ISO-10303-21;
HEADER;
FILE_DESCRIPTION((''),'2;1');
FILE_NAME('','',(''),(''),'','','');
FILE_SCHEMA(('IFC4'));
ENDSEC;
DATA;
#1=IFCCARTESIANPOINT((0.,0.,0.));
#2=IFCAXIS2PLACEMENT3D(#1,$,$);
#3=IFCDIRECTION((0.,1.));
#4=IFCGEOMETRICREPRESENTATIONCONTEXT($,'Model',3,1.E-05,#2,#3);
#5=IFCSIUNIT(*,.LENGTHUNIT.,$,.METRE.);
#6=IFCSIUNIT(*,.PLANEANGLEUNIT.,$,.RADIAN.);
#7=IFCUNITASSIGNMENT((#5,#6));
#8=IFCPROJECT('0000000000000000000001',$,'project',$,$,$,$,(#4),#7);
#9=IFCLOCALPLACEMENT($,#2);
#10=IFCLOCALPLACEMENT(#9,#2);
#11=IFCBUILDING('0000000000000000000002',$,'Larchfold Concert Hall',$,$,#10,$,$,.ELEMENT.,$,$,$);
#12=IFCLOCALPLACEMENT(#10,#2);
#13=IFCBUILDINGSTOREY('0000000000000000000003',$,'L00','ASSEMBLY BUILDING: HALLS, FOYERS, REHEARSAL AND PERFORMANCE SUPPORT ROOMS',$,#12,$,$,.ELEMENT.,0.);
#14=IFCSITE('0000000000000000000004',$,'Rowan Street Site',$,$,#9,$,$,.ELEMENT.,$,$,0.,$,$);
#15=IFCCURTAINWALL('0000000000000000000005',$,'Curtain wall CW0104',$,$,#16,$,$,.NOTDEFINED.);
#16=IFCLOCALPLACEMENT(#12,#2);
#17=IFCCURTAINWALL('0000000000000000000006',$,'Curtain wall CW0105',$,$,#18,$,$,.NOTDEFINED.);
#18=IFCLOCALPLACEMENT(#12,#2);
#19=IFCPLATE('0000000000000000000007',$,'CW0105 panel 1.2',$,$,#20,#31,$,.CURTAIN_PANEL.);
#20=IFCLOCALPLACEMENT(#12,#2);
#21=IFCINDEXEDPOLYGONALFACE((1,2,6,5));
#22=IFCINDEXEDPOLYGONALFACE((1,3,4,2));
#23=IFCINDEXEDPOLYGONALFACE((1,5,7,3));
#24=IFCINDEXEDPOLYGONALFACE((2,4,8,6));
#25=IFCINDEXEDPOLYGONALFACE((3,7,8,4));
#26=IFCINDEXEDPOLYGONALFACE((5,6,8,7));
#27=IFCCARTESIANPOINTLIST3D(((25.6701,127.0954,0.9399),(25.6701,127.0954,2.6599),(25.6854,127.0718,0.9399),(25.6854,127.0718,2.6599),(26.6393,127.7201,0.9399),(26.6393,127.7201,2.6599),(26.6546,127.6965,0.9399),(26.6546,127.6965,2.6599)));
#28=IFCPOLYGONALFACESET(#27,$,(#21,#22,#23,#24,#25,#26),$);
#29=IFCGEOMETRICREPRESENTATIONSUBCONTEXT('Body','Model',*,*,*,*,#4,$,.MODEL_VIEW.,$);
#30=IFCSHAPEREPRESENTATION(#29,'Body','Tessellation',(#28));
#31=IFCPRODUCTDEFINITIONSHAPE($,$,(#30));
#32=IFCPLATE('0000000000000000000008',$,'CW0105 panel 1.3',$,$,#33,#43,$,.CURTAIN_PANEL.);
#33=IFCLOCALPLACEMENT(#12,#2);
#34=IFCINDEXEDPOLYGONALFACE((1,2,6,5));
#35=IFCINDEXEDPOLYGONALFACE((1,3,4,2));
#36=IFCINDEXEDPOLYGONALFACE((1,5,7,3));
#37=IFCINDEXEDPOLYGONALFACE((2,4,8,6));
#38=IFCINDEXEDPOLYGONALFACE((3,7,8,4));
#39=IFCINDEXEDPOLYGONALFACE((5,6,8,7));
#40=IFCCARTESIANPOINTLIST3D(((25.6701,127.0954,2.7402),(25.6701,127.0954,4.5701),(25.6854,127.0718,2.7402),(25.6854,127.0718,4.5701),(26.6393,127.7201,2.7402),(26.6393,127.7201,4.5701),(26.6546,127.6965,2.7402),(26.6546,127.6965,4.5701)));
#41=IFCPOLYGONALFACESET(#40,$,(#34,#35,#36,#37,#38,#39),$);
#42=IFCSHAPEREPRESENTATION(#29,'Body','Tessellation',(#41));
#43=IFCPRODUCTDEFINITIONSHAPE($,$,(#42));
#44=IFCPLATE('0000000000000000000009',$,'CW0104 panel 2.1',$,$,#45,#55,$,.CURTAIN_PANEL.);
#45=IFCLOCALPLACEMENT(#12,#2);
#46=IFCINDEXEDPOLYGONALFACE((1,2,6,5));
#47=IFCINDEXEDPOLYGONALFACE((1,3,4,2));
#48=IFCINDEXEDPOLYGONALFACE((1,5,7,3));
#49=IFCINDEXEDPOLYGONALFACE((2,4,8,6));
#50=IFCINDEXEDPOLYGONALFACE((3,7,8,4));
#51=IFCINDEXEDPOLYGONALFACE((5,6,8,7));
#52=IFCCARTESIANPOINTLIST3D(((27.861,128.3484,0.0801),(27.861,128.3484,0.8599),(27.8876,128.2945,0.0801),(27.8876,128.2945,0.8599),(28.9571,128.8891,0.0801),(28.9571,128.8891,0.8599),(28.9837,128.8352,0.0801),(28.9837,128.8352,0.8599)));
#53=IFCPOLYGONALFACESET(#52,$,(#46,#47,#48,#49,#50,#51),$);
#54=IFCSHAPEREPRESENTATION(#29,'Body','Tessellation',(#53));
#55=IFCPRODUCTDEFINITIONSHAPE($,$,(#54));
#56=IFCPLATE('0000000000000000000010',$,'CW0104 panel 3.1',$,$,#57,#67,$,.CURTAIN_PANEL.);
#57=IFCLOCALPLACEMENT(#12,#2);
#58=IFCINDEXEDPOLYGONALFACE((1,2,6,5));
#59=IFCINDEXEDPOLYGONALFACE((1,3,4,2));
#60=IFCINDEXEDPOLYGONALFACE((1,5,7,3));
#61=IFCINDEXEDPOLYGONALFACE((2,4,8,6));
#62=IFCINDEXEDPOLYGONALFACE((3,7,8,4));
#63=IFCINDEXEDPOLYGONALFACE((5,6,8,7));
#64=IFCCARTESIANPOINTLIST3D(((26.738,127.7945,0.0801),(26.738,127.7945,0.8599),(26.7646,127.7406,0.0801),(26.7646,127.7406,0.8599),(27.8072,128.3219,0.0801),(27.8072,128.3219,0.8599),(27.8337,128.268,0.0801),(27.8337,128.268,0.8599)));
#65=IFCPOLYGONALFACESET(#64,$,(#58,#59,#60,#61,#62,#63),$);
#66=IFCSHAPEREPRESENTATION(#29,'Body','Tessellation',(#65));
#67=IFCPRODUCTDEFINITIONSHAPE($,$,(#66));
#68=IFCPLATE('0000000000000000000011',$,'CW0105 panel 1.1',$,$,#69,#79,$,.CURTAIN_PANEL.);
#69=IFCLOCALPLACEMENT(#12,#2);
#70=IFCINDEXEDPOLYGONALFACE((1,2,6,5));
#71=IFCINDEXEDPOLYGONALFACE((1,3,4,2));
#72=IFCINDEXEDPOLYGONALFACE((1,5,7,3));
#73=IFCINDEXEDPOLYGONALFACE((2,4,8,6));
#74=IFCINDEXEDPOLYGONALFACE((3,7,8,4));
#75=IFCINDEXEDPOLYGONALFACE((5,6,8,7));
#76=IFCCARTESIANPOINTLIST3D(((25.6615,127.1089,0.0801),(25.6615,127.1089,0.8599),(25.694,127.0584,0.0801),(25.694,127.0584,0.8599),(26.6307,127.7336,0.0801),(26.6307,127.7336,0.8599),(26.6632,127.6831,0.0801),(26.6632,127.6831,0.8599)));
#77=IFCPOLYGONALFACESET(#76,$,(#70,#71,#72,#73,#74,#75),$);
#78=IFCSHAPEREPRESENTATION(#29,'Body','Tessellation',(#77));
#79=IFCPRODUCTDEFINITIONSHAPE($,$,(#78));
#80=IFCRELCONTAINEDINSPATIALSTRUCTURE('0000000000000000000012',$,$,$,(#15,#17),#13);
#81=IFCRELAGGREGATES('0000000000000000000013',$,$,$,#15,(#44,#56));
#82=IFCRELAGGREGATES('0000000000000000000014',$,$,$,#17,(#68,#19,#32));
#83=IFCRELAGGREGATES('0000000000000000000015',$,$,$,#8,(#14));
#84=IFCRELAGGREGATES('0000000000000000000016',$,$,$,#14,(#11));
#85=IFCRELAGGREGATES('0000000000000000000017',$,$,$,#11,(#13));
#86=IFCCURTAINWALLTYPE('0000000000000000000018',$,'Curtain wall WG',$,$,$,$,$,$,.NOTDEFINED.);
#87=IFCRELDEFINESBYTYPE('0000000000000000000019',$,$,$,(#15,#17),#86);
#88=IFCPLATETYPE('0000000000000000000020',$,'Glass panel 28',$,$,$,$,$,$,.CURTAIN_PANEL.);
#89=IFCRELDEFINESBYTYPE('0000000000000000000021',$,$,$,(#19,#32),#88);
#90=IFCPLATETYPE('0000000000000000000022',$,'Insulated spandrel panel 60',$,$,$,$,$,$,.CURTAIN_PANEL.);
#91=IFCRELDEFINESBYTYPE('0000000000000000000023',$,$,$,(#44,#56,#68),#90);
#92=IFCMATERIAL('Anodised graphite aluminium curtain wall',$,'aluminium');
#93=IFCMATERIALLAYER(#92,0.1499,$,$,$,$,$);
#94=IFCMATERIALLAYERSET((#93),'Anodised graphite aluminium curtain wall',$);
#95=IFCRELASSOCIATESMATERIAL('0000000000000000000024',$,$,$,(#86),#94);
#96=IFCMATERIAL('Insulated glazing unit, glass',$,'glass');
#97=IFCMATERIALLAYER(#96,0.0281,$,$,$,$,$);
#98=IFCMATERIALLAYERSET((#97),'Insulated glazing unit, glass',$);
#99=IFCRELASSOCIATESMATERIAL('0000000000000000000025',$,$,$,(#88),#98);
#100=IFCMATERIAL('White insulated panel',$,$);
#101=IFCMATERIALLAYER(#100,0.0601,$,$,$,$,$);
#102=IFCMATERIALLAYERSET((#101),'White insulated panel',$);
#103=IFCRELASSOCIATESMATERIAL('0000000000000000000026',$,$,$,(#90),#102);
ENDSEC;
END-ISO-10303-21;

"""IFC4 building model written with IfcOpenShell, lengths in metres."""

from ifc_helpers import new_model, si_unit, direction, frame, origin, origin_2d, place, context, subcontext, project, spatial, rectangle, extrude, material, layer, layer_set, type_object, element, aggregate, save


model = new_model("IFC4")

# Units and contexts
model_context = context("Model", 3, precision=1e-05, world=origin(), true_north=direction((0.0, 1.0)))
body_context = subcontext(model_context, "Body", "Model", "MODEL_VIEW")
ifc_project = project(units=[si_unit("LENGTHUNIT", "METRE"), si_unit("PLANEANGLEUNIT", "RADIAN")], contexts=[model_context])

# Site, building, storey
site_placement = place(None, origin())
site = spatial("IfcSite", under=ifc_project, at=site_placement, Name="Rowan Street Site", CompositionType="ELEMENT", RefElevation=0.0)
building_placement = place(site_placement, origin())
building = spatial("IfcBuilding", under=site, at=building_placement, Name="Larchfold Concert Hall", CompositionType="ELEMENT")
storey_placement = place(building_placement, origin())
storey = spatial("IfcBuildingStorey", under=building, at=storey_placement, Name="L00", Description="ASSEMBLY BUILDING: HALLS, FOYERS, REHEARSAL AND PERFORMANCE SUPPORT ROOMS", CompositionType="ELEMENT", Elevation=0.0)

# Curtain walls
ifc_material_1 = material(Name="Anodised graphite aluminium curtain wall", Category="aluminium")
ifc_layer_1 = layer(ifc_material_1, 0.1499)
ifc_layer_set_1 = layer_set([ifc_layer_1], Name="Anodised graphite aluminium curtain wall")
curtain_wall_type = type_object("IfcCurtainWallType", Name="Curtain wall WG", PredefinedType="NOTDEFINED", material=ifc_layer_set_1)
curtain_wall_1_placement = place(storey_placement, origin())
curtain_wall_1 = element("IfcCurtainWall", 1, at=curtain_wall_1_placement, inside=storey, type_object=curtain_wall_type, Name="Curtain wall CW0104", PredefinedType="NOTDEFINED")
curtain_wall_2_placement = place(storey_placement, origin())
curtain_wall_2 = element("IfcCurtainWall", 2, at=curtain_wall_2_placement, inside=storey, type_object=curtain_wall_type, Name="Curtain wall CW0105", PredefinedType="NOTDEFINED")

# Shared definitions
ifc_material_2 = material(Name="Insulated glazing unit, glass", Category="glass")
ifc_layer_2 = layer(ifc_material_2, 0.0281)
ifc_layer_set_2 = layer_set([ifc_layer_2], Name="Insulated glazing unit, glass")
plate_type_1 = type_object("IfcPlateType", Name="Glass panel 28", PredefinedType="CURTAIN_PANEL", material=ifc_layer_set_2)

# Plates
plate_1_placement = place(storey_placement, frame((26.1624, 127.396, 0.9399), z_axis=(0.0, 0.0, 1.0), x_axis=(-0.840531, -0.541763, 0.0)))
plate_1 = element("IfcPlate", 3, at=plate_1_placement, type_object=plate_type_1, Name="CW0105 panel 1.2", PredefinedType="CURTAIN_PANEL", context=body_context, shape_type="SweptSolid", body=[
    extrude(rectangle(XDim=1.1531, YDim=0.0281, at=origin_2d()), origin(), (0.0, 0.0, 1.0), 1.72),
])
plate_2_placement = place(storey_placement, frame((26.1624, 127.396, 2.7402), z_axis=(0.0, 0.0, 1.0), x_axis=(-0.840531, -0.541763, 0.0)))
plate_2 = element("IfcPlate", 4, at=plate_2_placement, type_object=plate_type_1, Name="CW0105 panel 1.3", PredefinedType="CURTAIN_PANEL", context=body_context, shape_type="SweptSolid", body=[
    extrude(rectangle(XDim=1.1531, YDim=0.0281, at=origin_2d()), origin(), (0.0, 0.0, 1.0), 1.8298),
])
ifc_material_3 = material(Name="White insulated panel")
ifc_layer_3 = layer(ifc_material_3, 0.0601)
ifc_layer_set_3 = layer_set([ifc_layer_3], Name="White insulated panel")
plate_type_2 = type_object("IfcPlateType", Name="Insulated spandrel panel 60", PredefinedType="CURTAIN_PANEL", material=ifc_layer_set_3)
plate_3_placement = place(storey_placement, frame((28.4224, 128.5918, 0.0801), z_axis=(0.0, 0.0, 1.0), x_axis=(-0.896826, -0.442383, 0.0)))
plate_3 = element("IfcPlate", 5, at=plate_3_placement, type_object=plate_type_2, Name="CW0104 panel 2.1", PredefinedType="CURTAIN_PANEL", context=body_context, shape_type="SweptSolid", body=[
    extrude(rectangle(XDim=1.2222, YDim=0.0601, at=origin_2d()), origin(), (0.0, 0.0, 1.0), 0.7798),
])
plate_4_placement = place(storey_placement, frame((27.2859, 128.0312, 0.0801), z_axis=(0.0, 0.0, 1.0), x_axis=(-0.896826, -0.442383, 0.0)))
plate_4 = element("IfcPlate", 6, at=plate_4_placement, type_object=plate_type_2, Name="CW0104 panel 3.1", PredefinedType="CURTAIN_PANEL", context=body_context, shape_type="SweptSolid", body=[
    extrude(rectangle(XDim=1.1921, YDim=0.0601, at=origin_2d()), origin(), (0.0, 0.0, 1.0), 0.7798),
])
aggregate(curtain_wall_1, [plate_3, plate_4])
plate_5_placement = place(storey_placement, frame((26.1624, 127.396, 0.0801), z_axis=(0.0, 0.0, 1.0), x_axis=(-0.840531, -0.541763, 0.0)))
plate_5 = element("IfcPlate", 7, at=plate_5_placement, type_object=plate_type_2, Name="CW0105 panel 1.1", PredefinedType="CURTAIN_PANEL", context=body_context, shape_type="SweptSolid", body=[
    extrude(rectangle(XDim=1.1531, YDim=0.0601, at=origin_2d()), origin(), (0.0, 0.0, 1.0), 0.7798),
])
aggregate(curtain_wall_2, [plate_5, plate_1, plate_2])

save(model, "model.ifc")
